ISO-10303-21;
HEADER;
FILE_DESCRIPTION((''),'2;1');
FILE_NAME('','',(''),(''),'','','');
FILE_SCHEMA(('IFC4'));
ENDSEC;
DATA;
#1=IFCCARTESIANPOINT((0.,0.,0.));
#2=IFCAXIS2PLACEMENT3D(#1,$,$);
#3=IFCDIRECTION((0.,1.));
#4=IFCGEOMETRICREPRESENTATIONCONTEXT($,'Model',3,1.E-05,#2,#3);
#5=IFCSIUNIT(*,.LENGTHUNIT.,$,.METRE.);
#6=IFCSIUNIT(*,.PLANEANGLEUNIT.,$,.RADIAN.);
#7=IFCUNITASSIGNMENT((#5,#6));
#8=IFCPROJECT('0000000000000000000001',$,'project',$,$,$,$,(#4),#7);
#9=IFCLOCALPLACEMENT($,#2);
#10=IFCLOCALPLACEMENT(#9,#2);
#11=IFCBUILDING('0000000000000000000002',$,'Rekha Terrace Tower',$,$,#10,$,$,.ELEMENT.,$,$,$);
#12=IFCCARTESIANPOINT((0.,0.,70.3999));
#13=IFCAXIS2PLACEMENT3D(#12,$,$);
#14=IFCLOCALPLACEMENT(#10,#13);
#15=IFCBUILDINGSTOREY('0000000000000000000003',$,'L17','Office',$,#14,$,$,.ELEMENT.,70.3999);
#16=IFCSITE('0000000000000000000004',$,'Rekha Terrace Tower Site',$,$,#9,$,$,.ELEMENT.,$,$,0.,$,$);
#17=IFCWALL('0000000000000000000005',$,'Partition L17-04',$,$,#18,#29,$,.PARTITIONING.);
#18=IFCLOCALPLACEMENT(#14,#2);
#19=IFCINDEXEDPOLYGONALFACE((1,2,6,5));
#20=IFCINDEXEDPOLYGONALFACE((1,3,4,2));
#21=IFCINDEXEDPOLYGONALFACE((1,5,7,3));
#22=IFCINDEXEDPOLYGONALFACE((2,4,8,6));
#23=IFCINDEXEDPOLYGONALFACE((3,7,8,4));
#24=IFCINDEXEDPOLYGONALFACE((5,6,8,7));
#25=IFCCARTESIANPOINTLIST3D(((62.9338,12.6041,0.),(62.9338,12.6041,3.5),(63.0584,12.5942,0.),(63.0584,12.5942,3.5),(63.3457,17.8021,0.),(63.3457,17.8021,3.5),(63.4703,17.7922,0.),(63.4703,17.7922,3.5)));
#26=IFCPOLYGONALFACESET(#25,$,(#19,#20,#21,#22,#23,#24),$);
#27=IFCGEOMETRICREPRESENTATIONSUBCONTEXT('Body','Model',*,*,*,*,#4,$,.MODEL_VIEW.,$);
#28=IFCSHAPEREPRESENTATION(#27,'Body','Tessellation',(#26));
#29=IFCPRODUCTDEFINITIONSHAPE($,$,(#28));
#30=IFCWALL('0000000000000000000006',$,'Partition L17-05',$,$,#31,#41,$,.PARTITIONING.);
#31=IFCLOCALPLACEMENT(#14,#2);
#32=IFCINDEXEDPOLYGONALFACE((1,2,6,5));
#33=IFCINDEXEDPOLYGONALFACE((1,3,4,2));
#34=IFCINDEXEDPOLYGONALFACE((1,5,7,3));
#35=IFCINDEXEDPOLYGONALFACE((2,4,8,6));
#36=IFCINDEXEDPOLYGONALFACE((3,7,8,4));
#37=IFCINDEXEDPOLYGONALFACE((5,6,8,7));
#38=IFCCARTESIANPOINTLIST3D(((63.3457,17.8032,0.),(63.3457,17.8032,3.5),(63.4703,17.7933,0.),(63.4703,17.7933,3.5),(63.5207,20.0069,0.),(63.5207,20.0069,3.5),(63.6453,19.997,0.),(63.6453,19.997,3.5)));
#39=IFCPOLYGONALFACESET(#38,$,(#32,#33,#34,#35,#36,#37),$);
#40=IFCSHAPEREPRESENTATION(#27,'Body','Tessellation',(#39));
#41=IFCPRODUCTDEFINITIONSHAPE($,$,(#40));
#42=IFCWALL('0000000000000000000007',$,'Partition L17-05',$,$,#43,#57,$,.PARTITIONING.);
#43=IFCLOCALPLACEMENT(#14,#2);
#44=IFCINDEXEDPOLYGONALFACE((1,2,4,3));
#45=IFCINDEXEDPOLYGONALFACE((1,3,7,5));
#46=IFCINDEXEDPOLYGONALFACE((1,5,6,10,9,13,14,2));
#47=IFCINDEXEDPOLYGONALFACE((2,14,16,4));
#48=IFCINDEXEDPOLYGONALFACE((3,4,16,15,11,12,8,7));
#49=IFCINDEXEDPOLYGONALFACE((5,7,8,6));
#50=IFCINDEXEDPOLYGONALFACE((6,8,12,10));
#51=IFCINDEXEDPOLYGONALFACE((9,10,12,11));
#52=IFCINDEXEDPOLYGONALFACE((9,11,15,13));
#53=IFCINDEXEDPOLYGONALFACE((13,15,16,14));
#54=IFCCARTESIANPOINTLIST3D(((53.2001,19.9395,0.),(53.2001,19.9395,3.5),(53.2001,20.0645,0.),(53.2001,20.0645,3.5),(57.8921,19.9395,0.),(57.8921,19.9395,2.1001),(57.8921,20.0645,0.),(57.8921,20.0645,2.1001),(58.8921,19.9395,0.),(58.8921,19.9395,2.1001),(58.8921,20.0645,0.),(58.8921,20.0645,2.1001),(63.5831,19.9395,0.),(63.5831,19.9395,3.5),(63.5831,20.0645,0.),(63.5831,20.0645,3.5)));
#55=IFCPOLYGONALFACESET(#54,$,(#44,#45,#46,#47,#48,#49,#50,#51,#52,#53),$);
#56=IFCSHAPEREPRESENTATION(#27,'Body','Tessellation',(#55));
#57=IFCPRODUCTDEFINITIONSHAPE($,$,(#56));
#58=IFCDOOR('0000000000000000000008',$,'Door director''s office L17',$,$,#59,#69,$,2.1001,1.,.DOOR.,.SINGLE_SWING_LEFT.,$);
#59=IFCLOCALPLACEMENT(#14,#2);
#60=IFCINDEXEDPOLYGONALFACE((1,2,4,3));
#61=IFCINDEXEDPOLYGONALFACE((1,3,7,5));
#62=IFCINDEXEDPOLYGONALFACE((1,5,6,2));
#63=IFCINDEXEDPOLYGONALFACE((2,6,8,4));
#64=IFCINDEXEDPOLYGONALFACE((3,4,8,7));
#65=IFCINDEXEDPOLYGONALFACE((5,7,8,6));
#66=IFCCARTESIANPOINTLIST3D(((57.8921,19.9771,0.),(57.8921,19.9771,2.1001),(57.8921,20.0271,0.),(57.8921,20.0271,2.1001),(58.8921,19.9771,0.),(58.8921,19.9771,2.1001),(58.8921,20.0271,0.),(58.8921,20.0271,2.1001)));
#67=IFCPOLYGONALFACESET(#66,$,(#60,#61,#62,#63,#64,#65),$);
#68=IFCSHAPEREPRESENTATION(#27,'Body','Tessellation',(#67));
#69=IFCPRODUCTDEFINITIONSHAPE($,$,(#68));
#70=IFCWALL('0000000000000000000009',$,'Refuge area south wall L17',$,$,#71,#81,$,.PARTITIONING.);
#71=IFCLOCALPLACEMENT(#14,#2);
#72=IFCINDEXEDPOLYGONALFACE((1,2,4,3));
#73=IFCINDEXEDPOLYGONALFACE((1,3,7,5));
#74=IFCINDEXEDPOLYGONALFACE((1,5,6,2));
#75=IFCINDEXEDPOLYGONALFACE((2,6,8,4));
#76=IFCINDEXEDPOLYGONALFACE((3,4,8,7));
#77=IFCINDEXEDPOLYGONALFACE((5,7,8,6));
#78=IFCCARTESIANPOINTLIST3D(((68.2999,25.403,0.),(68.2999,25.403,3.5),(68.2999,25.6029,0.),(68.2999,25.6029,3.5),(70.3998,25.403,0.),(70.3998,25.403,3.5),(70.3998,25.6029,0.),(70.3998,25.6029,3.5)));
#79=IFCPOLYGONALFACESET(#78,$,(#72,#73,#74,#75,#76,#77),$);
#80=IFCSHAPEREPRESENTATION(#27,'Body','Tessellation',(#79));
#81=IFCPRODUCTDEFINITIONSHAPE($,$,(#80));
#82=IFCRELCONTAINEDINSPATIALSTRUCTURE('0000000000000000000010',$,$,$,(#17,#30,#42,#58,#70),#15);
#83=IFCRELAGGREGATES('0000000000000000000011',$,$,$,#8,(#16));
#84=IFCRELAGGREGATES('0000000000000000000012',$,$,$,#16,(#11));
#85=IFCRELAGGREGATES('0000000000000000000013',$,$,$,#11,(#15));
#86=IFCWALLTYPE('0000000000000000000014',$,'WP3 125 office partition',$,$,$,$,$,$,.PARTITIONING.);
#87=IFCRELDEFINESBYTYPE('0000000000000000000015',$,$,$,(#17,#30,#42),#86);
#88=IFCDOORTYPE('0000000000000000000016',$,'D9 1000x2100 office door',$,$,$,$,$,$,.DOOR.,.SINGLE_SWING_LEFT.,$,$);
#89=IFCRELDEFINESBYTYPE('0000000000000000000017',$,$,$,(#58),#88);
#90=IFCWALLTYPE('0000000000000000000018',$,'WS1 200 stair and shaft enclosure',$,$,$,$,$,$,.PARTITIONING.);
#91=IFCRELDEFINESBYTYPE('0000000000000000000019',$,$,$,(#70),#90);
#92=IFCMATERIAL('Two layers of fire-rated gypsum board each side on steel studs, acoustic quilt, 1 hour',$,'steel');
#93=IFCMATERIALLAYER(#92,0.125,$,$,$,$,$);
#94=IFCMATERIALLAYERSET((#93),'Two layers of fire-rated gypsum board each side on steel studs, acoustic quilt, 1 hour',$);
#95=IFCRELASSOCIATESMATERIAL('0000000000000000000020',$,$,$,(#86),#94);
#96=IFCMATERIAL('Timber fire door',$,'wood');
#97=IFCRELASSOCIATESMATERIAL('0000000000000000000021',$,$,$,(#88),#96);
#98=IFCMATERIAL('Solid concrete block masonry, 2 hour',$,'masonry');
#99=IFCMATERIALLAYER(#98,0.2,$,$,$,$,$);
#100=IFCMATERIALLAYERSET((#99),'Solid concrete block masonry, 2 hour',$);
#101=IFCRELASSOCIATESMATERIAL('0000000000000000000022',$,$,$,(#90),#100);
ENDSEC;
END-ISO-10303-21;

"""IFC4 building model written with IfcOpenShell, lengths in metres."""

from ifc_helpers import new_model, si_unit, direction, frame, frame_2d, origin, place, context, subcontext, project, spatial, rectangle, extrude, material, layer, layer_set, type_object, element, fill, save


model = new_model("IFC4")

# Units and contexts
model_context = context("Model", 3, precision=1e-05, world=origin(), true_north=direction((0.0, 1.0)))
body_context = subcontext(model_context, "Body", "Model", "MODEL_VIEW")
ifc_project = project(units=[si_unit("LENGTHUNIT", "METRE"), si_unit("PLANEANGLEUNIT", "RADIAN")], contexts=[model_context])

# Site, building, storey
site_placement = place(None, origin())
site = spatial("IfcSite", under=ifc_project, at=site_placement, Name="Rekha Terrace Tower Site", CompositionType="ELEMENT", RefElevation=0.0)
building_placement = place(site_placement, origin())
building = spatial("IfcBuilding", under=site, at=building_placement, Name="Rekha Terrace Tower", CompositionType="ELEMENT")
storey_placement = place(building_placement, frame((0.0, 0.0, 70.3999)))
storey = spatial("IfcBuildingStorey", under=building, at=storey_placement, Name="L17", Description="Office", CompositionType="ELEMENT", Elevation=70.3999)

# Walls
ifc_material_1 = material(Name="Two layers of fire-rated gypsum board each side on steel studs, acoustic quilt, 1 hour", Category="steel")
ifc_layer_1 = layer(ifc_material_1, 0.125)
ifc_layer_set_1 = layer_set([ifc_layer_1], Name="Two layers of fire-rated gypsum board each side on steel studs, acoustic quilt, 1 hour")
wall_type_1 = type_object("IfcWallType", Name="WP3 125 office partition", PredefinedType="PARTITIONING", material=ifc_layer_set_1)
wall_1_placement = place(storey_placement, frame((62.9961, 12.5991, 0.0), z_axis=(0.0, 0.0, 1.0), x_axis=(0.078988, 0.996876, 0.0)))
element("IfcWall", 1, at=wall_1_placement, inside=storey, type_object=wall_type_1, Name="Partition L17-04", PredefinedType="PARTITIONING", context=body_context, shape_type="SweptSolid", body=[
    extrude(rectangle(XDim=5.2144, YDim=0.125, at=frame_2d((2.6072, 0.0))), origin(), (0.0, 0.0, 1.0), 3.5),
])
wall_2_placement = place(storey_placement, frame((63.408, 17.7981, 0.0), z_axis=(0.0, 0.0, 1.0), x_axis=(0.079179, 0.99686, 0.0)))
element("IfcWall", 2, at=wall_2_placement, inside=storey, type_object=wall_type_1, Name="Partition L17-05", PredefinedType="PARTITIONING", context=body_context, shape_type="SweptSolid", body=[
    extrude(rectangle(XDim=2.2107, YDim=0.125, at=frame_2d((1.1055, 0.0))), origin(), (0.0, 0.0, 1.0), 3.5),
])

# Wall, opening, door
wall_3_placement = place(storey_placement, frame((63.583, 20.002, 0.0), z_axis=(0.0, 0.0, 1.0), x_axis=(-1.0, 0.0, 0.0)))
wall_3 = element("IfcWall", 3, at=wall_3_placement, inside=storey, type_object=wall_type_1, Name="Partition L17-05", PredefinedType="PARTITIONING", context=body_context, shape_type="SweptSolid", body=[
    extrude(rectangle(XDim=10.3831, YDim=0.125, at=frame_2d((5.1914, 0.0))), origin(), (0.0, 0.0, 1.0), 3.5),
])
opening_placement = place(wall_3_placement, frame((4.6909, 0.0, 0.0)))
opening = element("IfcOpeningElement", 4, at=opening_placement, cuts=wall_3, PredefinedType="OPENING", context=body_context, shape_type="SweptSolid", body=[
    extrude(rectangle(XDim=1.0, YDim=2.1001, at=frame_2d((0.5, 1.05))), frame((0.0, 0.0725, 0.0), z_axis=(0.0, -1.0, 0.0), x_axis=(1.0, 0.0, 0.0)), (0.0, 0.0, 1.0), 0.145),
])
ifc_material_2 = material(Name="Timber fire door", Category="wood")
door_type = type_object("IfcDoorType", Name="D9 1000x2100 office door", OperationType="SINGLE_SWING_LEFT", PredefinedType="DOOR", material=ifc_material_2)
door_placement = place(opening_placement, origin())
door = element("IfcDoor", 5, at=door_placement, inside=storey, type_object=door_type, Name="Door director's office L17", OperationType="SINGLE_SWING_LEFT", OverallHeight=2.1001, OverallWidth=1.0, PredefinedType="DOOR", context=body_context, shape_type="SweptSolid", body=[
    extrude(rectangle(XDim=1.0, YDim=2.1001, at=frame_2d((0.5, 1.05))), frame((0.0, 0.0249, 0.0), z_axis=(0.0, -1.0, 0.0), x_axis=(1.0, 0.0, 0.0)), (0.0, 0.0, 1.0), 0.05),
])
fill(opening, door)

# Wall
ifc_material_3 = material(Name="Solid concrete block masonry, 2 hour", Category="masonry")
ifc_layer_2 = layer(ifc_material_3, 0.2)
ifc_layer_set_2 = layer_set([ifc_layer_2], Name="Solid concrete block masonry, 2 hour")
wall_type_2 = type_object("IfcWallType", Name="WS1 200 stair and shaft enclosure", PredefinedType="PARTITIONING", material=ifc_layer_set_2)
wall_4_placement = place(storey_placement, frame((68.3, 25.5029, 0.0), z_axis=(0.0, 0.0, 1.0), x_axis=(1.0, 0.0, 0.0)))
element("IfcWall", 6, at=wall_4_placement, inside=storey, type_object=wall_type_2, Name="Refuge area south wall L17", PredefinedType="PARTITIONING", context=body_context, shape_type="SweptSolid", body=[
    extrude(rectangle(XDim=2.0999, YDim=0.2, at=frame_2d((1.0498, 0.0))), origin(), (0.0, 0.0, 1.0), 3.5),
])

save(model, "model.ifc")
